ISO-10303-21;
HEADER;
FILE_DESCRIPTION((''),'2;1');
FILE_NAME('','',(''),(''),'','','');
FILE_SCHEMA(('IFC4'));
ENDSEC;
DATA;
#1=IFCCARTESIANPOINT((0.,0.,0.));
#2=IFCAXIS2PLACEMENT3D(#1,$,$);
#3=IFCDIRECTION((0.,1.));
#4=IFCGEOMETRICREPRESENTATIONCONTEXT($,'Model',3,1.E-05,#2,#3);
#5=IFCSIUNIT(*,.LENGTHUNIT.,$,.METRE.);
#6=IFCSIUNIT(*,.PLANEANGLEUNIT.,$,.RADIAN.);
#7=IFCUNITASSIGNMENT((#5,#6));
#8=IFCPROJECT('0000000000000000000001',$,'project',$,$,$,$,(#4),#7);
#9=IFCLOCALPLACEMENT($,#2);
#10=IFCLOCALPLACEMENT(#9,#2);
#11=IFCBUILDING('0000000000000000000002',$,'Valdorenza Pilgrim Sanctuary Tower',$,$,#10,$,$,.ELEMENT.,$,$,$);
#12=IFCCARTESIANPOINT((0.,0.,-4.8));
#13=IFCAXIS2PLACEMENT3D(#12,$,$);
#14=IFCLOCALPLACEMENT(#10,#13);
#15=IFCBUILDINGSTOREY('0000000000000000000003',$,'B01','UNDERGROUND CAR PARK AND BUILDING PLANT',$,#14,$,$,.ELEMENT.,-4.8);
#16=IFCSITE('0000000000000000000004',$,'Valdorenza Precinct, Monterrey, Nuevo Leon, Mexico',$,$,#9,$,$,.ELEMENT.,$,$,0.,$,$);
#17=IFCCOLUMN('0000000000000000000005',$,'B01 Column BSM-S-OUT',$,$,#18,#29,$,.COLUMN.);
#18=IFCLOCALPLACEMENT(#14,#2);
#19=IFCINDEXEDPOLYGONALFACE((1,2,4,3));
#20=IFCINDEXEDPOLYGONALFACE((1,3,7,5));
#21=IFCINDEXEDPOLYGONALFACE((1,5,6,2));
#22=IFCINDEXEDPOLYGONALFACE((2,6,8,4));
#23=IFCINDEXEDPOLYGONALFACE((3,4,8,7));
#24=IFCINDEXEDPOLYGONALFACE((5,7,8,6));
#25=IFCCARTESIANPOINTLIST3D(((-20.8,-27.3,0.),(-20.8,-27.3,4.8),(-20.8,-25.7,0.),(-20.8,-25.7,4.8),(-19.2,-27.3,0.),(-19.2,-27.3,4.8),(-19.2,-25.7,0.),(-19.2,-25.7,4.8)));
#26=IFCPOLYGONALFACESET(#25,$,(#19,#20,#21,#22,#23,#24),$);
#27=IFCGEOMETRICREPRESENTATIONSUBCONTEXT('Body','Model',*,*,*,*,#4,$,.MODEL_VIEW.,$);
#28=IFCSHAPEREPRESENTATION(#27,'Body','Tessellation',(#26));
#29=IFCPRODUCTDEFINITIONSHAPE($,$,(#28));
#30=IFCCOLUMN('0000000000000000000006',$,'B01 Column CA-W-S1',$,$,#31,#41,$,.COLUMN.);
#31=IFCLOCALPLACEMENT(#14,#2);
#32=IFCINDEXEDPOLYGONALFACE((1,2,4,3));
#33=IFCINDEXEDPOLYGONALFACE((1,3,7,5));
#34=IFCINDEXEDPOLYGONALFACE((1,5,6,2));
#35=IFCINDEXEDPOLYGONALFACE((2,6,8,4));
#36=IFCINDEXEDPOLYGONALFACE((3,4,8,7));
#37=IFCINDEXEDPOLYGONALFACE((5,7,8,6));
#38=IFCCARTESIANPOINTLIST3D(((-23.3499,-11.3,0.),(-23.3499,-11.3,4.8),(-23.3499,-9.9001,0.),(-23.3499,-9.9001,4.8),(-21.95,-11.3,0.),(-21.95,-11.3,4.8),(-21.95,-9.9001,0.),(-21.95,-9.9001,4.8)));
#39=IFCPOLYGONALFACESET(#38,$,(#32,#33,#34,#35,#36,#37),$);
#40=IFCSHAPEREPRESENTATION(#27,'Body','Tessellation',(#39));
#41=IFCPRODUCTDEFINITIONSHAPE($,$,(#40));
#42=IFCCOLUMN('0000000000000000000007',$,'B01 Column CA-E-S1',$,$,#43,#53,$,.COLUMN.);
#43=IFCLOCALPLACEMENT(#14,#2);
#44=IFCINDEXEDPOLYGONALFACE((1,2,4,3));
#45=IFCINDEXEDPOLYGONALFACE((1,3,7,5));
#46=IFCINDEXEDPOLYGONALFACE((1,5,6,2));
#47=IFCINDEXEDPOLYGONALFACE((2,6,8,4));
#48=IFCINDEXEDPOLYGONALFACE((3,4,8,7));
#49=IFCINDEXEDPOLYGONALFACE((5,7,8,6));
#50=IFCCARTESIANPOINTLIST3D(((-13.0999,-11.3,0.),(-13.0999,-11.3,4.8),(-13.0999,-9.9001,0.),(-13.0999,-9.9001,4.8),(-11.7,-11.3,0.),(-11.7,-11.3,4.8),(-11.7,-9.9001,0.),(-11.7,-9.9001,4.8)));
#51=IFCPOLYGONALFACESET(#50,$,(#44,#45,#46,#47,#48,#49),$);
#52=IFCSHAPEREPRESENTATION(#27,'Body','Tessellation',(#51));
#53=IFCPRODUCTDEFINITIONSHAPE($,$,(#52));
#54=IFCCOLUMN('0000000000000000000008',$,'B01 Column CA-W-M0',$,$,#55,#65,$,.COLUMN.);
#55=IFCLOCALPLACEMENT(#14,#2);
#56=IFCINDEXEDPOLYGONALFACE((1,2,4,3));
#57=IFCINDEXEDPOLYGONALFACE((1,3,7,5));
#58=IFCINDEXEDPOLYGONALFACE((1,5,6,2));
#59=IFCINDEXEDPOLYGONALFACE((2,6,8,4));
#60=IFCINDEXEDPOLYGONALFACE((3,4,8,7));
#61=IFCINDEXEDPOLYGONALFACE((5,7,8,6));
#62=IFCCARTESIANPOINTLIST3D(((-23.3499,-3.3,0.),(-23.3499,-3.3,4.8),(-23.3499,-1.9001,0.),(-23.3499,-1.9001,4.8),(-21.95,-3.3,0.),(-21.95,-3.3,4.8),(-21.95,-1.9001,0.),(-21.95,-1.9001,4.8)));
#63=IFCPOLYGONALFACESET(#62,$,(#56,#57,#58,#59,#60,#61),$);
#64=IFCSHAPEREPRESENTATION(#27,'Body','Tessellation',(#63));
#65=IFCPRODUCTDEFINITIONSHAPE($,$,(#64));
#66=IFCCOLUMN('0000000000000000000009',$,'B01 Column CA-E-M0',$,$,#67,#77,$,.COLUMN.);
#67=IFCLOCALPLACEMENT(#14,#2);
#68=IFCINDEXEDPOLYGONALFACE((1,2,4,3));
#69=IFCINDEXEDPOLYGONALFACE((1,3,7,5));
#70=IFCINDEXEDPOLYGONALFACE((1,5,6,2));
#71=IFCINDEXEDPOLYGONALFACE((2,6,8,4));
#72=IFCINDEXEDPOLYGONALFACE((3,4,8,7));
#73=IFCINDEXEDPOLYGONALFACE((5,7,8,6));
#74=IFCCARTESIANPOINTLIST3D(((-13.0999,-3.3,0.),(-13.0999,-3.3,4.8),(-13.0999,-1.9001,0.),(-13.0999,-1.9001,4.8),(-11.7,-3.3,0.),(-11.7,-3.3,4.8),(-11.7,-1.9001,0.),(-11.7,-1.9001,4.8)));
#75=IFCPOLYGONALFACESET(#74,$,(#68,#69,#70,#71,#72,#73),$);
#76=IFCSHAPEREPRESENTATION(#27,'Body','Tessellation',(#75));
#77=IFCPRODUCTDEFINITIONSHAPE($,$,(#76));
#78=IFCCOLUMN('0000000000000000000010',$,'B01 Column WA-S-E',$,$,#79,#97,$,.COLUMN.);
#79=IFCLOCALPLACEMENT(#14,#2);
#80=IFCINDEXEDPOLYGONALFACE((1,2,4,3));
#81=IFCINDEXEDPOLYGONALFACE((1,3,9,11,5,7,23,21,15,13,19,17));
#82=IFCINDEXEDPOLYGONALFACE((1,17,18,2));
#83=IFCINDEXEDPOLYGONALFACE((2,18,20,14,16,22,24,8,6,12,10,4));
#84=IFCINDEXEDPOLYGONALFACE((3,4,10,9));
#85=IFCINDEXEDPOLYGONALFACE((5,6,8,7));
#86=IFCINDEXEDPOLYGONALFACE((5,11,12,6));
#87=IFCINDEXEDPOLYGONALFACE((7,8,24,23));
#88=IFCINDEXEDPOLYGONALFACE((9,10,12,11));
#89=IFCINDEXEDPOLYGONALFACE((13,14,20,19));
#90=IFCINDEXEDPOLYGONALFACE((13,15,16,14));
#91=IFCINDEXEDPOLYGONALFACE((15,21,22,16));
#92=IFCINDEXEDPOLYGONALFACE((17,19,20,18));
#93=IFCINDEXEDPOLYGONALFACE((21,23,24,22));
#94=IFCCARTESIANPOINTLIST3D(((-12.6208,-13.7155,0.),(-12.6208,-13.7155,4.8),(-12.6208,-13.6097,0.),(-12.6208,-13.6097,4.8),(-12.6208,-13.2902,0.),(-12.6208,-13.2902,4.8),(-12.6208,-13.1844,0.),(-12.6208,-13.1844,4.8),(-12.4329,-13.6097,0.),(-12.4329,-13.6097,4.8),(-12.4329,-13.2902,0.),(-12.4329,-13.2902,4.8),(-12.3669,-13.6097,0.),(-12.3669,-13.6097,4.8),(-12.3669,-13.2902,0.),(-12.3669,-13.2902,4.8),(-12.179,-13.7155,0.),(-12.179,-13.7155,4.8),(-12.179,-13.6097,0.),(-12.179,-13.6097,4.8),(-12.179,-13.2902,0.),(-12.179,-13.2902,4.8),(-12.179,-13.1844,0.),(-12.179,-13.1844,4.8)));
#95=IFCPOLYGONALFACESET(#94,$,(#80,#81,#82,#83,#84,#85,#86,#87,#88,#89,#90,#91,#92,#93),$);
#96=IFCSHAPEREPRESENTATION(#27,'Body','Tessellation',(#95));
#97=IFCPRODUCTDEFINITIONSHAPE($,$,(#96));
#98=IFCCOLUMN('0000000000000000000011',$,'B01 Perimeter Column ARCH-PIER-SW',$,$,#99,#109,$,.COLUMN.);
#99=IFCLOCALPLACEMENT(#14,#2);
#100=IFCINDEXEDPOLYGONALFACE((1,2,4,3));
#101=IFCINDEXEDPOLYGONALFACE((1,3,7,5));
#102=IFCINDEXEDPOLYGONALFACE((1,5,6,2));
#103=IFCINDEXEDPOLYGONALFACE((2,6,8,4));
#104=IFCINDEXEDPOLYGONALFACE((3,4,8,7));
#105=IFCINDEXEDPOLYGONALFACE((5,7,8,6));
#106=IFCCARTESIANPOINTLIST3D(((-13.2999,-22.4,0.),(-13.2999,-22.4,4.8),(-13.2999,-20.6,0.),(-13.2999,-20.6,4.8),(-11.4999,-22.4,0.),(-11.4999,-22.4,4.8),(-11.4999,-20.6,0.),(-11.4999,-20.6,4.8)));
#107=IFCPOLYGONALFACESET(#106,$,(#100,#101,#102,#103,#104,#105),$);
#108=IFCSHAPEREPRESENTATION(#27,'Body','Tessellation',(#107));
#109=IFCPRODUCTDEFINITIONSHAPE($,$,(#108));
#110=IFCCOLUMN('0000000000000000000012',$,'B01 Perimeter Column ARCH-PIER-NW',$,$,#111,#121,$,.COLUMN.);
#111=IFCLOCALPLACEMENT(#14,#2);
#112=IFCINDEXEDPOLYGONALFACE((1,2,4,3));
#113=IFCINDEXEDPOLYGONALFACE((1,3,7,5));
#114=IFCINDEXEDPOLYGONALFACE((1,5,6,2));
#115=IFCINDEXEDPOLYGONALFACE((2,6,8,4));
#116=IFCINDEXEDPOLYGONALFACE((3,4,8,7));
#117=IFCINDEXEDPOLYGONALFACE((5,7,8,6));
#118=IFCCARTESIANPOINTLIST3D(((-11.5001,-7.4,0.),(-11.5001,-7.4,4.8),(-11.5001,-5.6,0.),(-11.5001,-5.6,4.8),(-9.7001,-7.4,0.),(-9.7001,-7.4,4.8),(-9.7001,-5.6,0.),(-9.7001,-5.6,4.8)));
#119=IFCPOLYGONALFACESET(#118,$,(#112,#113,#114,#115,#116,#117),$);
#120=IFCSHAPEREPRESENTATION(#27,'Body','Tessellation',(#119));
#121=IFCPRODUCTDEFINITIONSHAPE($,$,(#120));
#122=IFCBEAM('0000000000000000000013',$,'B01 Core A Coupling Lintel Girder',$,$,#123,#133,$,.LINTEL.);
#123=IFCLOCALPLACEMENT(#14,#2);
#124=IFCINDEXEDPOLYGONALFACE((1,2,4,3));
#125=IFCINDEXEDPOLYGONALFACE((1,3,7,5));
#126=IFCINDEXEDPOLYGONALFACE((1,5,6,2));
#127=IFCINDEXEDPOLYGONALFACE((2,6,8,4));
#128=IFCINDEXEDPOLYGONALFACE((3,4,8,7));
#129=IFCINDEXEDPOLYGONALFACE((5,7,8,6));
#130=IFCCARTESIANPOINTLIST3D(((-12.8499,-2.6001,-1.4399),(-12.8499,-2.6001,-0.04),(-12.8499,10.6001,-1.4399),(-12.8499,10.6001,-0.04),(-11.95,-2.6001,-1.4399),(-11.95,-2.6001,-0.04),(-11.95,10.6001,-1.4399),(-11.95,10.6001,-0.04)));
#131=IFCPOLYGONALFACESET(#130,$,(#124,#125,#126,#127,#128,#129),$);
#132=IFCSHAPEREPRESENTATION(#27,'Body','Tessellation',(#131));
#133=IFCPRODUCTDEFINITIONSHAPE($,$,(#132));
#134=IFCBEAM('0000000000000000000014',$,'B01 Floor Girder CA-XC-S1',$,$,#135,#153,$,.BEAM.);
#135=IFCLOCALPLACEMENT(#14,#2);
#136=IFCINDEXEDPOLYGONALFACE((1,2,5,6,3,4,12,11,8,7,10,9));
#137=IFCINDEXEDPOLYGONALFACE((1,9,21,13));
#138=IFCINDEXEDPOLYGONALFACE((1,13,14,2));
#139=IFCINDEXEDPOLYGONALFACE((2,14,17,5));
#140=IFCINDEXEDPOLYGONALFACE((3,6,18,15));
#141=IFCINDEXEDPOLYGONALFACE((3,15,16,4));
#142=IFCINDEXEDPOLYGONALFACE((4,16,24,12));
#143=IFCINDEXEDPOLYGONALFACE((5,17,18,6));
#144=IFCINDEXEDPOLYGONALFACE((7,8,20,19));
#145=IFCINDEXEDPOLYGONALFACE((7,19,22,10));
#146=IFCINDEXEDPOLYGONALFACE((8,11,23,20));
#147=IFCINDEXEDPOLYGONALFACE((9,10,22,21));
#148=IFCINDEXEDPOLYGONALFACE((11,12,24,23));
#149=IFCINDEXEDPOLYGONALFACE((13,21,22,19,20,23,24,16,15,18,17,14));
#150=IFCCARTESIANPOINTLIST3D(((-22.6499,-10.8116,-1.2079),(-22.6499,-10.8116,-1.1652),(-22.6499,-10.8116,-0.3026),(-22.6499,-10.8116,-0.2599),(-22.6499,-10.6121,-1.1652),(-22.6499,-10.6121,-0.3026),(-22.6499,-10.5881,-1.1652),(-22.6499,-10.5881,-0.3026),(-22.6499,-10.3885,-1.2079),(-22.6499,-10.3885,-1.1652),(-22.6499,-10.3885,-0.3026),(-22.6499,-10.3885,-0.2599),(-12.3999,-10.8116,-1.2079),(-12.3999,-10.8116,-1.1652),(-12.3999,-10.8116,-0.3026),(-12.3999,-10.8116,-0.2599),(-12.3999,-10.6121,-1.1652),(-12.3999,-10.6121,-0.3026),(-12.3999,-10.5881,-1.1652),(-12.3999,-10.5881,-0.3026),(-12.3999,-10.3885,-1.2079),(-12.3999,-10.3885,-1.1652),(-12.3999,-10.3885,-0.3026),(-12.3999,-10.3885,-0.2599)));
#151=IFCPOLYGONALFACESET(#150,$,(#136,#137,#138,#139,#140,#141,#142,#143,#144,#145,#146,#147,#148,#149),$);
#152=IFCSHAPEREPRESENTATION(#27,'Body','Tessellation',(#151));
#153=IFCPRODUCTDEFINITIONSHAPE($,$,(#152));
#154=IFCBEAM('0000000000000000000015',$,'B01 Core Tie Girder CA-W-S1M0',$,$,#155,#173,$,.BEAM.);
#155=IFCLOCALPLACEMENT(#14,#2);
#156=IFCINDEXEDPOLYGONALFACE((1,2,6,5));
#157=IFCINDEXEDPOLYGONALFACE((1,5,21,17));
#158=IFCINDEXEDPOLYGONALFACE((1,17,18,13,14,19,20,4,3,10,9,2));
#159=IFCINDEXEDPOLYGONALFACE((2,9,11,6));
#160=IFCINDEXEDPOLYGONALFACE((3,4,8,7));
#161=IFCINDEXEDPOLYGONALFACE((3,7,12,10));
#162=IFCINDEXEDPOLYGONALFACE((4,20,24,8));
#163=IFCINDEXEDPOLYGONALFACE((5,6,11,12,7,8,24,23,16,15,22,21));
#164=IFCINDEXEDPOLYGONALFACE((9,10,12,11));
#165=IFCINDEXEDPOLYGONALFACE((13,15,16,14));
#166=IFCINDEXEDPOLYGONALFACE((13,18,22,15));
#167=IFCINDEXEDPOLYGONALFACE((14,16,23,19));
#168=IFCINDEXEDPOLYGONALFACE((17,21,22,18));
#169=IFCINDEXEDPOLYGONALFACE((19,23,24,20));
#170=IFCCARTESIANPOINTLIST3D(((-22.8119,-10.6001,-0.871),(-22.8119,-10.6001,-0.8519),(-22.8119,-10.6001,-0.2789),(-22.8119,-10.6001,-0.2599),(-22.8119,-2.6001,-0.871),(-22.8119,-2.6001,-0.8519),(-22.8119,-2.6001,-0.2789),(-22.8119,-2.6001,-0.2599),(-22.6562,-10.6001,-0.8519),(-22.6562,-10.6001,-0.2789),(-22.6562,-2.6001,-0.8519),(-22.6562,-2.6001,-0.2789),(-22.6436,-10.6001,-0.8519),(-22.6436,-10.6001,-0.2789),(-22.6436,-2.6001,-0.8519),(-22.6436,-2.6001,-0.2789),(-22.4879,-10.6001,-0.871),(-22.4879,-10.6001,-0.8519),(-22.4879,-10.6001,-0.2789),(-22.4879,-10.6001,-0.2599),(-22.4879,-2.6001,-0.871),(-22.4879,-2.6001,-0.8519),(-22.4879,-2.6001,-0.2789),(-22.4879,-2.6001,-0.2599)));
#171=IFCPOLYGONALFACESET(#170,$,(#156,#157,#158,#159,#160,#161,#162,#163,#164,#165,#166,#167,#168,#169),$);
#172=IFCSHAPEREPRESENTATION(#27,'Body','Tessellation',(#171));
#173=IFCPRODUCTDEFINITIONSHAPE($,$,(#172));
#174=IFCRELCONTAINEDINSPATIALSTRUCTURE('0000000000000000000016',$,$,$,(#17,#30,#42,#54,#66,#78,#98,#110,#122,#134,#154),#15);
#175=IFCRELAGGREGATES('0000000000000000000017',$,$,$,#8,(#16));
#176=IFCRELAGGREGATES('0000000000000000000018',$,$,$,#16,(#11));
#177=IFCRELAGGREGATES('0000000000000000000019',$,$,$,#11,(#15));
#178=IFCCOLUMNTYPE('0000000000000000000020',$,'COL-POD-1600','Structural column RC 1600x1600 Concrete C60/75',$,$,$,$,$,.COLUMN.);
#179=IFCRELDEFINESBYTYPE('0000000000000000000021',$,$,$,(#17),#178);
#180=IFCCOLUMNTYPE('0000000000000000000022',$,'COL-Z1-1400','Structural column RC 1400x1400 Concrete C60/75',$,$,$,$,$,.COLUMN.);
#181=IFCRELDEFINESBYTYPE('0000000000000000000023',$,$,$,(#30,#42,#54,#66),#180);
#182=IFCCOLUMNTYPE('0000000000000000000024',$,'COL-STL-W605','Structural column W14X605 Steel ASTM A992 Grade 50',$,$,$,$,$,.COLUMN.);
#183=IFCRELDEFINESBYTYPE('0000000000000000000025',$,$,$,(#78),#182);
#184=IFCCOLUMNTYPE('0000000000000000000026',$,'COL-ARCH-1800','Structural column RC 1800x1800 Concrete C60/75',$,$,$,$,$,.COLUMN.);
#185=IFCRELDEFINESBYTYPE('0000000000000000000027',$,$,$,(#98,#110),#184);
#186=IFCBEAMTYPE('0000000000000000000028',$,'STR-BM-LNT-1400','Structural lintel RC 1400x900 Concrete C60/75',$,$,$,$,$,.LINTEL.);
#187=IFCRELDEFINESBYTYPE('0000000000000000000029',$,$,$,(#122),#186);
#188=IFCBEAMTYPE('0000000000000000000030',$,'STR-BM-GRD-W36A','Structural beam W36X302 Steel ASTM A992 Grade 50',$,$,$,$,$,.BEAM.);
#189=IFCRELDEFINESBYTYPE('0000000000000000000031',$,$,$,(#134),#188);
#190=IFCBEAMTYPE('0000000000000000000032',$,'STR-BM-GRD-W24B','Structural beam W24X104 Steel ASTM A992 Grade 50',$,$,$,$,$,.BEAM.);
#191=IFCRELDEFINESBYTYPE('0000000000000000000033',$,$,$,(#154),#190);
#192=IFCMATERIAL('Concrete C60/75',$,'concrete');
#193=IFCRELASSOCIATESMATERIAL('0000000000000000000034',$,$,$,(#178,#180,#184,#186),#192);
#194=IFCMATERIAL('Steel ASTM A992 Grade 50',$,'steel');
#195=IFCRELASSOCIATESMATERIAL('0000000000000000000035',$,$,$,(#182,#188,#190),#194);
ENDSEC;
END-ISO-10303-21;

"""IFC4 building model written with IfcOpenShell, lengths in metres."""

from ifc_helpers import new_model, si_unit, direction, frame, origin, origin_2d, place, context, subcontext, project, spatial, rectangle, i_section, extrude, source, transform, mapped, material, material_profile, profile_set, type_object, element, save


model = new_model("IFC4")

# Units and contexts
model_context = context("Model", 3, precision=1e-05, world=origin(), true_north=direction((0.0, 1.0)))
body_context = subcontext(model_context, "Body", "Model", "MODEL_VIEW")
ifc_project = project(units=[si_unit("LENGTHUNIT", "METRE"), si_unit("PLANEANGLEUNIT", "RADIAN")], contexts=[model_context])

# Site, building, storey
site_placement = place(None, origin())
site = spatial("IfcSite", under=ifc_project, at=site_placement, Name="Valdorenza Precinct, Monterrey, Nuevo Leon, Mexico", CompositionType="ELEMENT", RefElevation=0.0)
building_placement = place(site_placement, origin())
building = spatial("IfcBuilding", under=site, at=building_placement, Name="Valdorenza Pilgrim Sanctuary Tower", CompositionType="ELEMENT")
storey_placement = place(building_placement, frame((0.0, 0.0, -4.8)))
storey = spatial("IfcBuildingStorey", under=building, at=storey_placement, Name="B01", Description="UNDERGROUND CAR PARK AND BUILDING PLANT", CompositionType="ELEMENT", Elevation=-4.8)

# Columns
ifc_material_1 = material(Name="Concrete C60/75", Category="concrete")
ifc_material_profile_1 = material_profile(ifc_material_1, rectangle(XDim=1.6001, YDim=1.6001, at=origin_2d()), Name="RC 1600x1600")
ifc_profile_set_1 = profile_set([ifc_material_profile_1], Name="Concrete C60/75")
column_type_1 = type_object("IfcColumnType", Name="COL-POD-1600", Description="Structural column RC 1600x1600 Concrete C60/75", PredefinedType="COLUMN", material=ifc_profile_set_1)
shared_shape_1 = source(origin(), body_context, "Body", "SweptSolid", [
    extrude(rectangle(XDim=1.6001, YDim=1.6001, at=origin_2d()), origin(), (0.0, 0.0, 1.0), 4.8),
])
column_1_placement = place(storey_placement, frame((-20.0, -26.5, 0.0), z_axis=(0.0, 0.0, 1.0), x_axis=(1.0, 0.0, 0.0)))
element("IfcColumn", 1, at=column_1_placement, inside=storey, type_object=column_type_1, Name="B01 Column BSM-S-OUT", PredefinedType="COLUMN", context=body_context, shape_type="MappedRepresentation", body=[
    mapped(shared_shape_1, transform((0.0, 0.0, 0.0), x_axis=(1.0, 0.0, 0.0), y_axis=(0.0, 1.0, 0.0), z_axis=(0.0, 0.0, 1.0), scale=1.0)),
])
ifc_material_profile_2 = material_profile(ifc_material_1, rectangle(XDim=1.3999, YDim=1.3999, at=origin_2d()), Name="RC 1400x1400")
ifc_profile_set_2 = profile_set([ifc_material_profile_2], Name="Concrete C60/75")
column_type_2 = type_object("IfcColumnType", Name="COL-Z1-1400", Description="Structural column RC 1400x1400 Concrete C60/75", PredefinedType="COLUMN", material=ifc_profile_set_2)
shared_shape_2 = source(origin(), body_context, "Body", "SweptSolid", [
    extrude(rectangle(XDim=1.3999, YDim=1.3999, at=origin_2d()), origin(), (0.0, 0.0, 1.0), 4.8),
])
for number, where, z_axis, x_axis, name in (
    (2, (-22.6499, -10.6001, 0.0), (0.0, 0.0, 1.0), (1.0, 0.0, 0.0), "B01 Column CA-W-S1"),
    (3, (-12.3999, -10.6001, 0.0), (0.0, 0.0, 1.0), (1.0, 0.0, 0.0), "B01 Column CA-E-S1"),
    (4, (-22.6499, -2.6001, 0.0), (0.0, 0.0, 1.0), (1.0, 0.0, 0.0), "B01 Column CA-W-M0"),
    (5, (-12.3999, -2.6001, 0.0), (0.0, 0.0, 1.0), (1.0, 0.0, 0.0), "B01 Column CA-E-M0"),
):
    element("IfcColumn", number, at=place(storey_placement, frame(where, z_axis=z_axis, x_axis=x_axis)), inside=storey, type_object=column_type_2, Name=name, PredefinedType="COLUMN", context=body_context, shape_type="MappedRepresentation", body=[
        mapped(shared_shape_2, transform((0.0, 0.0, 0.0), x_axis=(1.0, 0.0, 0.0), y_axis=(0.0, 1.0, 0.0), z_axis=(0.0, 0.0, 1.0), scale=1.0)),
    ])
ifc_material_2 = material(Name="Steel ASTM A992 Grade 50", Category="steel")
ifc_material_profile_3 = material_profile(ifc_material_2, i_section(OverallWidth=0.4419, OverallDepth=0.531, WebThickness=0.0659, FlangeThickness=0.1057, at=origin_2d()), Name="W14X605")
ifc_profile_set_3 = profile_set([ifc_material_profile_3], Name="Steel ASTM A992 Grade 50")
column_type_3 = type_object("IfcColumnType", Name="COL-STL-W605", Description="Structural column W14X605 Steel ASTM A992 Grade 50", PredefinedType="COLUMN", material=ifc_profile_set_3)
shared_shape_3 = source(origin(), body_context, "Body", "SweptSolid", [
    extrude(i_section(OverallWidth=0.4419, OverallDepth=0.531, WebThickness=0.0659, FlangeThickness=0.1057, at=origin_2d()), origin(), (0.0, 0.0, 1.0), 4.8),
])
column_2_placement = place(storey_placement, frame((-12.3999, -13.45, 0.0), z_axis=(0.0, 0.0, 1.0), x_axis=(1.0, 0.0, 0.0)))
element("IfcColumn", 6, at=column_2_placement, inside=storey, type_object=column_type_3, Name="B01 Column WA-S-E", PredefinedType="COLUMN", context=body_context, shape_type="MappedRepresentation", body=[
    mapped(shared_shape_3, transform((0.0, 0.0, 0.0), x_axis=(1.0, 0.0, 0.0), y_axis=(0.0, 1.0, 0.0), z_axis=(0.0, 0.0, 1.0), scale=1.0)),
])
ifc_material_profile_4 = material_profile(ifc_material_1, rectangle(XDim=1.8, YDim=1.8, at=origin_2d()), Name="RC 1800x1800")
ifc_profile_set_4 = profile_set([ifc_material_profile_4], Name="Concrete C60/75")
column_type_4 = type_object("IfcColumnType", Name="COL-ARCH-1800", Description="Structural column RC 1800x1800 Concrete C60/75", PredefinedType="COLUMN", material=ifc_profile_set_4)
shared_shape_4 = source(origin(), body_context, "Body", "SweptSolid", [
    extrude(rectangle(XDim=1.8, YDim=1.8, at=origin_2d()), origin(), (0.0, 0.0, 1.0), 4.8),
])
for number, where, z_axis, x_axis, name in (
    (7, (-12.3999, -21.5, 0.0), (0.0, 0.0, 1.0), (1.0, 0.0, 0.0), "B01 Perimeter Column ARCH-PIER-SW"),
    (8, (-10.6001, -6.5, 0.0), (0.0, 0.0, 1.0), (1.0, 0.0, 0.0), "B01 Perimeter Column ARCH-PIER-NW"),
):
    element("IfcColumn", number, at=place(storey_placement, frame(where, z_axis=z_axis, x_axis=x_axis)), inside=storey, type_object=column_type_4, Name=name, PredefinedType="COLUMN", context=body_context, shape_type="MappedRepresentation", body=[
        mapped(shared_shape_4, transform((0.0, 0.0, 0.0), x_axis=(1.0, 0.0, 0.0), y_axis=(0.0, 1.0, 0.0), z_axis=(0.0, 0.0, 1.0), scale=1.0)),
    ])

# Beams
ifc_material_profile_5 = material_profile(ifc_material_1, rectangle(XDim=0.8999, YDim=1.3999, at=origin_2d()), Name="RC 1400x900")
ifc_profile_set_5 = profile_set([ifc_material_profile_5], Name="Concrete C60/75")
beam_type_1 = type_object("IfcBeamType", Name="STR-BM-LNT-1400", Description="Structural lintel RC 1400x900 Concrete C60/75", PredefinedType="LINTEL", material=ifc_profile_set_5)
shared_shape_5 = source(origin(), body_context, "Body", "SweptSolid", [
    extrude(rectangle(XDim=0.8999, YDim=1.3999, at=origin_2d()), origin(), (0.0, 0.0, 1.0), 13.2002),
])
beam_1_placement = place(storey_placement, frame((-12.3999, -2.6001, -0.74), z_axis=(0.0, 1.0, 0.0), x_axis=(-1.0, 0.0, 0.0)))
element("IfcBeam", 9, at=beam_1_placement, inside=storey, type_object=beam_type_1, Name="B01 Core A Coupling Lintel Girder", PredefinedType="LINTEL", context=body_context, shape_type="MappedRepresentation", body=[
    mapped(shared_shape_5, transform((0.0, 0.0, 0.0), x_axis=(1.0, 0.0, 0.0), y_axis=(0.0, 1.0, 0.0), z_axis=(0.0, 0.0, 1.0), scale=1.0)),
])
ifc_material_profile_6 = material_profile(ifc_material_2, i_section(OverallWidth=0.4231, OverallDepth=0.948, WebThickness=0.0239, FlangeThickness=0.0427, at=origin_2d()), Name="W36X302")
ifc_profile_set_6 = profile_set([ifc_material_profile_6], Name="Steel ASTM A992 Grade 50")
beam_type_2 = type_object("IfcBeamType", Name="STR-BM-GRD-W36A", Description="Structural beam W36X302 Steel ASTM A992 Grade 50", PredefinedType="BEAM", material=ifc_profile_set_6)
shared_shape_6 = source(origin(), body_context, "Body", "SweptSolid", [
    extrude(i_section(OverallWidth=0.4231, OverallDepth=0.948, WebThickness=0.0239, FlangeThickness=0.0427, at=origin_2d()), origin(), (0.0, 0.0, 1.0), 10.25),
])
beam_2_placement = place(storey_placement, frame((-22.6499, -10.6001, -0.7339), z_axis=(1.0, 0.0, 0.0), x_axis=(0.0, 1.0, 0.0)))
element("IfcBeam", 10, at=beam_2_placement, inside=storey, type_object=beam_type_2, Name="B01 Floor Girder CA-XC-S1", PredefinedType="BEAM", context=body_context, shape_type="MappedRepresentation", body=[
    mapped(shared_shape_6, transform((0.0, 0.0, 0.0), x_axis=(1.0, 0.0, 0.0), y_axis=(0.0, 1.0, 0.0), z_axis=(0.0, 0.0, 1.0), scale=1.0)),
])
ifc_material_profile_7 = material_profile(ifc_material_2, i_section(OverallWidth=0.324, OverallDepth=0.6111, WebThickness=0.0127, FlangeThickness=0.019, at=origin_2d()), Name="W24X104")
ifc_profile_set_7 = profile_set([ifc_material_profile_7], Name="Steel ASTM A992 Grade 50")
beam_type_3 = type_object("IfcBeamType", Name="STR-BM-GRD-W24B", Description="Structural beam W24X104 Steel ASTM A992 Grade 50", PredefinedType="BEAM", material=ifc_profile_set_7)
shared_shape_7 = source(origin(), body_context, "Body", "SweptSolid", [
    extrude(i_section(OverallWidth=0.324, OverallDepth=0.6111, WebThickness=0.0127, FlangeThickness=0.019, at=origin_2d()), origin(), (0.0, 0.0, 1.0), 8.0),
])
for number, where, z_axis, x_axis, name in (
    (11, (-22.6499, -10.6001, -0.5654), (0.0, 1.0, 0.0), (-1.0, 0.0, 0.0), "B01 Core Tie Girder CA-W-S1M0"),
):
    element("IfcBeam", number, at=place(storey_placement, frame(where, z_axis=z_axis, x_axis=x_axis)), inside=storey, type_object=beam_type_3, Name=name, PredefinedType="BEAM", context=body_context, shape_type="MappedRepresentation", body=[
        mapped(shared_shape_7, transform((0.0, 0.0, 0.0), x_axis=(1.0, 0.0, 0.0), y_axis=(0.0, 1.0, 0.0), z_axis=(0.0, 0.0, 1.0), scale=1.0)),
    ])

save(model, "model.ifc")
